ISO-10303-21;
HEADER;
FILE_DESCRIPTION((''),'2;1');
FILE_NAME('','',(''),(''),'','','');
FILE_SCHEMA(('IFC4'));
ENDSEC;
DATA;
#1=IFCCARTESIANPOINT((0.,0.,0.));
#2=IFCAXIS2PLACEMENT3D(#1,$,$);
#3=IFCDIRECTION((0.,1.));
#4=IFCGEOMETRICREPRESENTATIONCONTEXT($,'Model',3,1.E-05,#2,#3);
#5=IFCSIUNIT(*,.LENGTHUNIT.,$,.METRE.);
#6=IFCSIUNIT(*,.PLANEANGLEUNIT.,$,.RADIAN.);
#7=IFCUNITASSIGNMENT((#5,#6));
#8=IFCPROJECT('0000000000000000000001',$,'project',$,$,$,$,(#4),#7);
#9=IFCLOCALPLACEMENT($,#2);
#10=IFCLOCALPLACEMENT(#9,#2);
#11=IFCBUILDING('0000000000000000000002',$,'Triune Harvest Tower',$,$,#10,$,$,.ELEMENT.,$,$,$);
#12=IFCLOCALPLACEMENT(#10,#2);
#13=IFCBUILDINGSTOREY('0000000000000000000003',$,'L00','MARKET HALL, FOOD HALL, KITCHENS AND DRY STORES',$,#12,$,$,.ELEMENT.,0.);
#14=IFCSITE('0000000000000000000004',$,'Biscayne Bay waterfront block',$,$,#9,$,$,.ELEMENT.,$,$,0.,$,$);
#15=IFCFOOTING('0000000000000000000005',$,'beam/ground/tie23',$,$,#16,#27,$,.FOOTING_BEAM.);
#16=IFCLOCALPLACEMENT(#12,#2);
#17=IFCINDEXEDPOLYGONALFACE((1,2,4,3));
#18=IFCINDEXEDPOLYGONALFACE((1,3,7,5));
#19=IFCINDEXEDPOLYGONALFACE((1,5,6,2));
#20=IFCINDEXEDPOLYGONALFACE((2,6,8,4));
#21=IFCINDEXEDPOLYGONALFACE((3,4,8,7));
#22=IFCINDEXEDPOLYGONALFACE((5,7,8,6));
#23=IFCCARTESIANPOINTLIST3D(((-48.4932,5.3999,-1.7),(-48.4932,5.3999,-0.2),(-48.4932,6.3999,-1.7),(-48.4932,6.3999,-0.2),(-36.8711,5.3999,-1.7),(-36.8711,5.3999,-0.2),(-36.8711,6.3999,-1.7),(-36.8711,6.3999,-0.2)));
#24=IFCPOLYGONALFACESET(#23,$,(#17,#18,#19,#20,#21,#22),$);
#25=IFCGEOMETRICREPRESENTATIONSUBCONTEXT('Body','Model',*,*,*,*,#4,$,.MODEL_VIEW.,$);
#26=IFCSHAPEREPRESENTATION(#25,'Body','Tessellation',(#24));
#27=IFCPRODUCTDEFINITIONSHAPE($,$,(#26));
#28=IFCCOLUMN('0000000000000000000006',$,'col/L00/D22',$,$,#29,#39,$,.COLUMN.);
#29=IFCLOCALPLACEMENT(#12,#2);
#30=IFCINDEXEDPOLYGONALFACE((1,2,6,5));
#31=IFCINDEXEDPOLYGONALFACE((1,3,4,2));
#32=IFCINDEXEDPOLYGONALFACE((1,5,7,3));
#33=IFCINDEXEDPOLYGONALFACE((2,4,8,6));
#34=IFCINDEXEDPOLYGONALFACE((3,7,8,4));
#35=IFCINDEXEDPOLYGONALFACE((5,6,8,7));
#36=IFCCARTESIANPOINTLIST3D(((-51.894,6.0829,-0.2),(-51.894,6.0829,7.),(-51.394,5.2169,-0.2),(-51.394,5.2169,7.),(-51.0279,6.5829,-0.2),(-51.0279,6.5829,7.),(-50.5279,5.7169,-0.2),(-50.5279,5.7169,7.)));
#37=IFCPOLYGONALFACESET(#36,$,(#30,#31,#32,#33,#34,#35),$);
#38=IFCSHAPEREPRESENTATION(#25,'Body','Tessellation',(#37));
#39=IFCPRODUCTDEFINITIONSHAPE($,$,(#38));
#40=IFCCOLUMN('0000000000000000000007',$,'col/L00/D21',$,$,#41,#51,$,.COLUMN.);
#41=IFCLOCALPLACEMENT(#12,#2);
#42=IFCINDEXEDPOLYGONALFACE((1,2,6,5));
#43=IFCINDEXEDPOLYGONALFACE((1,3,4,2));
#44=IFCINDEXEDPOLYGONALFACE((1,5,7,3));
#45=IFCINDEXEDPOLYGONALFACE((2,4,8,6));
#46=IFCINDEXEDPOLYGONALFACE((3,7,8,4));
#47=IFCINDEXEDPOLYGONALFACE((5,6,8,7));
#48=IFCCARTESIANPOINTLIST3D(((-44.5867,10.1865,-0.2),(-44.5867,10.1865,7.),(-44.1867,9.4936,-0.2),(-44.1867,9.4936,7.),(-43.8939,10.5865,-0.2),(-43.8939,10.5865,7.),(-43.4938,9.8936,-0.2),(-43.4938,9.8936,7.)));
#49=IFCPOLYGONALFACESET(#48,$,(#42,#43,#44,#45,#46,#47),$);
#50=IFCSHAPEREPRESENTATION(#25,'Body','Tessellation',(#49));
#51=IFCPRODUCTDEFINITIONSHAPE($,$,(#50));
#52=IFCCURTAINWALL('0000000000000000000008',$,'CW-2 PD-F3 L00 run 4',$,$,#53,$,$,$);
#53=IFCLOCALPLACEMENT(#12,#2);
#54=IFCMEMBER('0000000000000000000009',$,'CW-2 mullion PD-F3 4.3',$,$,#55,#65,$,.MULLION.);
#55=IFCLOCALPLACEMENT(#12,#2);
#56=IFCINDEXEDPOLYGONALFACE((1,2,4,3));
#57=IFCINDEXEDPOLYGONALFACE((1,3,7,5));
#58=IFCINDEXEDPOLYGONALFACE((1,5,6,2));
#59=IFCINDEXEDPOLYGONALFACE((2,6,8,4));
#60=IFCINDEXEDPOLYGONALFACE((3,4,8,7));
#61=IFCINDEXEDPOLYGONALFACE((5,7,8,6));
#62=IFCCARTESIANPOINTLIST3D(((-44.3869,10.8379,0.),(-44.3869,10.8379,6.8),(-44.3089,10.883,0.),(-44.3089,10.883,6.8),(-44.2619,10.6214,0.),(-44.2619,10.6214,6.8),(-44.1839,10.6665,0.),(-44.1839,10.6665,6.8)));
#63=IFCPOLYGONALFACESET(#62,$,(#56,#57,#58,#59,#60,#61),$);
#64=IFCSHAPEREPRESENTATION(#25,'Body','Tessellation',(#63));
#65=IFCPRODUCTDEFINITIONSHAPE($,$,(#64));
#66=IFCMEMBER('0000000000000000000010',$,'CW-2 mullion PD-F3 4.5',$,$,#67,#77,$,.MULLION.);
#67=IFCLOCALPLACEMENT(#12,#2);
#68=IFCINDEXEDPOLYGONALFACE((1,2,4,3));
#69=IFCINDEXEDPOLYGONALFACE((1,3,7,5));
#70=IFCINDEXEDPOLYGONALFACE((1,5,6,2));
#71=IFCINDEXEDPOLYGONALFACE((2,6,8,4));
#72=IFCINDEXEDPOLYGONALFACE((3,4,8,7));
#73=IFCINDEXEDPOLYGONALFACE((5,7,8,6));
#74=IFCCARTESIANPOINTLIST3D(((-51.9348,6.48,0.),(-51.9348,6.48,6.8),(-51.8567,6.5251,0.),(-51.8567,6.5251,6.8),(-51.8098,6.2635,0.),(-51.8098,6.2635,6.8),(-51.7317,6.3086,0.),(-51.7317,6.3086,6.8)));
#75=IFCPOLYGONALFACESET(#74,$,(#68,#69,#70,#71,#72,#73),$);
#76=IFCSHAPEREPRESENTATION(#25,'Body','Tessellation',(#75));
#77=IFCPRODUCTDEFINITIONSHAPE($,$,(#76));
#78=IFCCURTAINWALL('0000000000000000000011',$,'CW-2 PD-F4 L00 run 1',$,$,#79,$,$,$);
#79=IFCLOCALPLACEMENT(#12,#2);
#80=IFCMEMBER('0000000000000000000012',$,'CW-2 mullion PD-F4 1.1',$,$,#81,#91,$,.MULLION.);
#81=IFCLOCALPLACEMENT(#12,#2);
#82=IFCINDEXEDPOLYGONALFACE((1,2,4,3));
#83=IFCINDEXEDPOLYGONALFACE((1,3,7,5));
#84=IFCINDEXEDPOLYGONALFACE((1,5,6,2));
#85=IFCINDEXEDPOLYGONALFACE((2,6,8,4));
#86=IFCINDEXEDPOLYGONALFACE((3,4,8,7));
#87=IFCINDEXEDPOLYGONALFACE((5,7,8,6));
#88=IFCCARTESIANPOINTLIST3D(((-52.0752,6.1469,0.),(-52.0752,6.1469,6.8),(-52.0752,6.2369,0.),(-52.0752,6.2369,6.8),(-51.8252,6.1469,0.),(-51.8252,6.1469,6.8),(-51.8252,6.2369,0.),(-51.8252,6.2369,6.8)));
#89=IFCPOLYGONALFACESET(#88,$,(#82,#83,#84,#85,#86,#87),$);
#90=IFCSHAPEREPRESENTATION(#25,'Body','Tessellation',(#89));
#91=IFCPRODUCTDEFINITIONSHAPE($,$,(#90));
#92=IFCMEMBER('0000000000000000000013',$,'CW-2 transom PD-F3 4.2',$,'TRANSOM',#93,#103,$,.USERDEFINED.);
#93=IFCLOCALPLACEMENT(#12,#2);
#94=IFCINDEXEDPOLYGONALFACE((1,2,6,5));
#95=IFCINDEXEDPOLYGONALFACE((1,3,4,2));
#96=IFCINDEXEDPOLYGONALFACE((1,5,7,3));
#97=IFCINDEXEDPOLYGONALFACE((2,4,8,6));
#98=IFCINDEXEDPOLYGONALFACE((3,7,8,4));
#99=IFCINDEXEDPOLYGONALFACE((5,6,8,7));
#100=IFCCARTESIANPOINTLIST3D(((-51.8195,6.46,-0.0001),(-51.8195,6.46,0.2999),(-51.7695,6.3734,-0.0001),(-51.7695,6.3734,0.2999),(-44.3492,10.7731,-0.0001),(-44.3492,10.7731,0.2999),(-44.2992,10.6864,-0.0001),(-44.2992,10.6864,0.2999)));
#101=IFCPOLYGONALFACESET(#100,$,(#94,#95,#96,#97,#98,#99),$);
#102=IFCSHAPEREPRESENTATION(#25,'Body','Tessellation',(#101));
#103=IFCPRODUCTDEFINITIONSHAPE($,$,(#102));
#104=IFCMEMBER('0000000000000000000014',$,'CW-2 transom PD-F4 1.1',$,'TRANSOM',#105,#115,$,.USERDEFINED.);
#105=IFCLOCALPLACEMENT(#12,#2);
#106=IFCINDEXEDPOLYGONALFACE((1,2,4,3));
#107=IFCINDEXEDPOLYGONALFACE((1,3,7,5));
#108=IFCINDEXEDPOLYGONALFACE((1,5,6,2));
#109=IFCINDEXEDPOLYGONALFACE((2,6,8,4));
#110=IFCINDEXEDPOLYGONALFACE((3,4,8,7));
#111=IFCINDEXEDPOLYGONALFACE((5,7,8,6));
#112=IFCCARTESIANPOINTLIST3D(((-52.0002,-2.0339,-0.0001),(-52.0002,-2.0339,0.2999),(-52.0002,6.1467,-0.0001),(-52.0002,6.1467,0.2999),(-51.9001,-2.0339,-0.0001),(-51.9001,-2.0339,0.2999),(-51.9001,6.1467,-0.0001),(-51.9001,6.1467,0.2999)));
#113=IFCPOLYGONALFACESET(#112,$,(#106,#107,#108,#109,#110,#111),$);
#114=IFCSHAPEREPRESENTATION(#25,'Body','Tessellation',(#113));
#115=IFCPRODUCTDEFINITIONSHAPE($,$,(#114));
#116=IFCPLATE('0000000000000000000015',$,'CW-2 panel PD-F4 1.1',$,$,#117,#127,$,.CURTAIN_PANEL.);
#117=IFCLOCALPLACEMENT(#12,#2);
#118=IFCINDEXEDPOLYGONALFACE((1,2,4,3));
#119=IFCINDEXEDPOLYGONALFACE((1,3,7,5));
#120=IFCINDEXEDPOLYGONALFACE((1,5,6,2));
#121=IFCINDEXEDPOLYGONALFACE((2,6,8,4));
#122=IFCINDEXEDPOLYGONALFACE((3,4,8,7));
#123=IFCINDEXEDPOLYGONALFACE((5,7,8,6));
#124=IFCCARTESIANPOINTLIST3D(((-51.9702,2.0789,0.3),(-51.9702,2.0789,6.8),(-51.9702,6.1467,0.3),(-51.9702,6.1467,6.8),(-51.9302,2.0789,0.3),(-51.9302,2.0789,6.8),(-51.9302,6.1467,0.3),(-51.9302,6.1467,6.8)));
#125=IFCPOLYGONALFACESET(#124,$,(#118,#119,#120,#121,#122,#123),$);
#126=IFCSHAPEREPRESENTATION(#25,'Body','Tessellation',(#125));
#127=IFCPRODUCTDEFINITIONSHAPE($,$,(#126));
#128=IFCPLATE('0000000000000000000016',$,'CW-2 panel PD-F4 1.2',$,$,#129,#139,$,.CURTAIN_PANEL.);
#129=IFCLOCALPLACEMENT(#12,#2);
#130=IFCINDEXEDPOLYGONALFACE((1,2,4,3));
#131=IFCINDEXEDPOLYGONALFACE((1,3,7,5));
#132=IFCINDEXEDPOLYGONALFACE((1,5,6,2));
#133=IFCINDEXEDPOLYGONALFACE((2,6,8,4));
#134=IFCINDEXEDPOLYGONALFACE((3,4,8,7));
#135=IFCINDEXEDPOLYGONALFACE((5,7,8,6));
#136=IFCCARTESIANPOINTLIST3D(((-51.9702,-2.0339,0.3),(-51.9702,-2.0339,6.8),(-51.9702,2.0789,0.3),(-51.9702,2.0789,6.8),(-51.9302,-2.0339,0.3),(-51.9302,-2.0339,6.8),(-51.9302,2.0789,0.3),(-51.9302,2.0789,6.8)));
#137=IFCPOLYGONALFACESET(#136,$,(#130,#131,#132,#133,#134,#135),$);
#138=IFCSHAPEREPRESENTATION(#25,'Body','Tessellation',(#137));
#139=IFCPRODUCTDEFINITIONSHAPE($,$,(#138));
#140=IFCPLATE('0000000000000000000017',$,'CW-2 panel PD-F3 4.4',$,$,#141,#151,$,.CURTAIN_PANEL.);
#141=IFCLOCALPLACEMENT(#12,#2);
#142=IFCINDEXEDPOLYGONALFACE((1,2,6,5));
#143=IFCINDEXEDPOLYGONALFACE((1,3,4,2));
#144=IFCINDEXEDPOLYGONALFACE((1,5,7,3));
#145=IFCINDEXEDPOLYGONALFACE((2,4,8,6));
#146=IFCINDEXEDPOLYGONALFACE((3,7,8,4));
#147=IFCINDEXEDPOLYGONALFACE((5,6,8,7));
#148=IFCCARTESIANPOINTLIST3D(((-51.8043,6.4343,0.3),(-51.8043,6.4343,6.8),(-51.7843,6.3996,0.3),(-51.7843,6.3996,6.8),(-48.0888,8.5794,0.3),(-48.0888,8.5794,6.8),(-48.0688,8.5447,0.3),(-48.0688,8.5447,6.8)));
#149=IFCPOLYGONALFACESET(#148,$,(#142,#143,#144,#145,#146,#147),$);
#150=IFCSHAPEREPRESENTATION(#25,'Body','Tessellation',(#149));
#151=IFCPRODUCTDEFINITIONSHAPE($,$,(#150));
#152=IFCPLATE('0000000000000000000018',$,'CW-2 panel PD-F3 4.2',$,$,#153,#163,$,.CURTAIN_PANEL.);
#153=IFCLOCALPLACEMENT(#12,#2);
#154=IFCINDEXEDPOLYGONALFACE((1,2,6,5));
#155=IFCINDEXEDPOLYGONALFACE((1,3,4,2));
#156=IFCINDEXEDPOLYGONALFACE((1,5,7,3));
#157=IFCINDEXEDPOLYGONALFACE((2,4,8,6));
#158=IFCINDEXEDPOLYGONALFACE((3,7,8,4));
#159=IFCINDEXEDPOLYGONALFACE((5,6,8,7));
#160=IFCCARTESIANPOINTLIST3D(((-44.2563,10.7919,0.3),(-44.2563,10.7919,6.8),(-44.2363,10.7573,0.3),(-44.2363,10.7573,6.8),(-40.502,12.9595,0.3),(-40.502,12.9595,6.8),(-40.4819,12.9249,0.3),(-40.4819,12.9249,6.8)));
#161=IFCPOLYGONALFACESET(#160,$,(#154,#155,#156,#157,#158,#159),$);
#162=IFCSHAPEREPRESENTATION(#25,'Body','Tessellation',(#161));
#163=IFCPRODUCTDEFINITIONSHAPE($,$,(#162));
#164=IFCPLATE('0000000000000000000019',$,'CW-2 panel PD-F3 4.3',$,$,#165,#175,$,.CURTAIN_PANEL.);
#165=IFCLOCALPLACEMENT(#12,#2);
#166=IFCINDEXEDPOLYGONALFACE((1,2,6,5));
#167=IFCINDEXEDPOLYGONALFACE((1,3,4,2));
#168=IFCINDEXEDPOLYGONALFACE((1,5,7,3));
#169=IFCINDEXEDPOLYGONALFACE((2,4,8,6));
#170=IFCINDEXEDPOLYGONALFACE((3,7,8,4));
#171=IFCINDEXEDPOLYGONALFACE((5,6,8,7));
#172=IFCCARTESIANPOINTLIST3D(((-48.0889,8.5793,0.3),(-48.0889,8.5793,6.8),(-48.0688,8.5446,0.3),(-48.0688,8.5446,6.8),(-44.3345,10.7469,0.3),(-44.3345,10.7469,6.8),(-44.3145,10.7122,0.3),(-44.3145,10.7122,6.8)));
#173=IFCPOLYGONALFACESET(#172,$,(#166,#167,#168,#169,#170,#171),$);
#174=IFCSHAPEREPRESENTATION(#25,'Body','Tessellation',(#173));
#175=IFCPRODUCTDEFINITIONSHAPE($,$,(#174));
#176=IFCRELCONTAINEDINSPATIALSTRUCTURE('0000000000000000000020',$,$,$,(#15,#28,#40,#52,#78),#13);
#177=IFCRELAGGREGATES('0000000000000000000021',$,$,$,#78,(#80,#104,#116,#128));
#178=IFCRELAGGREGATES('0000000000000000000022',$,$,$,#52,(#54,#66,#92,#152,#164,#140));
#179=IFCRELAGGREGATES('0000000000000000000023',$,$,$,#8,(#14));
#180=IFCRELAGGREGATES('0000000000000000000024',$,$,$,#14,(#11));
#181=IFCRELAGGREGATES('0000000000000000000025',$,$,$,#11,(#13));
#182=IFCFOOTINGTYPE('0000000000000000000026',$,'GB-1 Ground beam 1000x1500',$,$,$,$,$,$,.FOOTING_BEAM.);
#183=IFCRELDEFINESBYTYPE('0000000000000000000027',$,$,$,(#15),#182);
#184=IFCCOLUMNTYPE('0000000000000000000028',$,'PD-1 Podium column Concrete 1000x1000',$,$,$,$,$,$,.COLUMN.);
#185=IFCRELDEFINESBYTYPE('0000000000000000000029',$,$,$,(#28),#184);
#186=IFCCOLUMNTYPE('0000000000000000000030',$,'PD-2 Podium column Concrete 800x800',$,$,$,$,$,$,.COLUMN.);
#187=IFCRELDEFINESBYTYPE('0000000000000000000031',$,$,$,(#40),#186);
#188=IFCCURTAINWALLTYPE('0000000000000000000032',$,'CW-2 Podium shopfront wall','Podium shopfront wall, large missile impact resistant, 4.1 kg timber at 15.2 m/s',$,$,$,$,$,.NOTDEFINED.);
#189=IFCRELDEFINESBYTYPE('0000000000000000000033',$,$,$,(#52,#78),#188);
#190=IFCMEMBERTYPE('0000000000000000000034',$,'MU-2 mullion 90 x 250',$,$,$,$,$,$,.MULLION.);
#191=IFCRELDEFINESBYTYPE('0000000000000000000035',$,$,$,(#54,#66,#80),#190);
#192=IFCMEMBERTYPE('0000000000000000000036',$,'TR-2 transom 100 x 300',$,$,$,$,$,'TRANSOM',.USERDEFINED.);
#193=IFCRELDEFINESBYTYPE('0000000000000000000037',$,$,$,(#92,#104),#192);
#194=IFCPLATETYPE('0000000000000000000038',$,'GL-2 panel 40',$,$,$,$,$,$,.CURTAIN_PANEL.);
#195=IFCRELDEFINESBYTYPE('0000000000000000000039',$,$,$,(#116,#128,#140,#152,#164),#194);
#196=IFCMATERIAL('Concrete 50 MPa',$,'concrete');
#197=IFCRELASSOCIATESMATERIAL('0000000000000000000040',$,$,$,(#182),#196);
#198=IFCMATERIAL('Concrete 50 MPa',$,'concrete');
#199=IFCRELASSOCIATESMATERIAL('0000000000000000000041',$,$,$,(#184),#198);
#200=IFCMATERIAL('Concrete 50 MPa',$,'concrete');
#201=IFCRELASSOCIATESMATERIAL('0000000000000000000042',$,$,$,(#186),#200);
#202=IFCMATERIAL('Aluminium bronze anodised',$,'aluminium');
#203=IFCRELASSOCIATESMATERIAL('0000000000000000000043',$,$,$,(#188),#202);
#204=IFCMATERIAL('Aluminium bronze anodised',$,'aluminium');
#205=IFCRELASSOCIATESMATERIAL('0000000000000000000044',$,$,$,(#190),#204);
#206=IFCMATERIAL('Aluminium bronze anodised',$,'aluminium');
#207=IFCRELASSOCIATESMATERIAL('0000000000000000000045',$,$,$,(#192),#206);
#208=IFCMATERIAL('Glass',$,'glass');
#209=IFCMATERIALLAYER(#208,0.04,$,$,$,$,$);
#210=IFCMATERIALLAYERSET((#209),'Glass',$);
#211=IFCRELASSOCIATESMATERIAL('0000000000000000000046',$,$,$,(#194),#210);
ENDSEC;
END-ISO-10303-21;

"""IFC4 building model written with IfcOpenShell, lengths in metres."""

from ifc_helpers import new_model, si_unit, direction, frame, origin, origin_2d, place, context, subcontext, project, spatial, rectangle, extrude, source, transform, mapped, material, layer, layer_set, material_profile, profile_set, type_object, element, aggregate, save


model = new_model("IFC4")

# Units and contexts
model_context = context("Model", 3, precision=1e-05, world=origin(), true_north=direction((0.0, 1.0)))
body_context = subcontext(model_context, "Body", "Model", "MODEL_VIEW")
ifc_project = project(units=[si_unit("LENGTHUNIT", "METRE"), si_unit("PLANEANGLEUNIT", "RADIAN")], contexts=[model_context])

# Site, building, storey
site_placement = place(None, origin())
site = spatial("IfcSite", under=ifc_project, at=site_placement, Name="Biscayne Bay waterfront block", CompositionType="ELEMENT", RefElevation=0.0)
building_placement = place(site_placement, origin())
building = spatial("IfcBuilding", under=site, at=building_placement, Name="Triune Harvest Tower", CompositionType="ELEMENT")
storey_placement = place(building_placement, origin())
storey = spatial("IfcBuildingStorey", under=building, at=storey_placement, Name="L00", Description="MARKET HALL, FOOD HALL, KITCHENS AND DRY STORES", CompositionType="ELEMENT", Elevation=0.0)

# Shared definitions
ifc_material_1 = material(Name="Concrete 50 MPa", Category="concrete")
ifc_material_profile_1 = material_profile(ifc_material_1, rectangle(XDim=1.0, YDim=1.5, at=origin_2d()), Name="Concrete 1000x1500")
ifc_profile_set_1 = profile_set([ifc_material_profile_1], Name="Concrete 50 MPa")
footing_type_1 = type_object("IfcFootingType", Name="GB-1 Ground beam 1000x1500", PredefinedType="FOOTING_BEAM", material=ifc_profile_set_1)

# Footing
shared_shape_1 = source(origin(), body_context, "Body", "SweptSolid", [
    extrude(rectangle(XDim=1.0, YDim=1.5, at=origin_2d()), origin(), (0.0, 0.0, 1.0), 11.6221),
])
footing_1_placement = place(storey_placement, frame((-48.4932, 5.8999, -0.95), z_axis=(1.0, 0.0, 0.0), x_axis=(0.0, 1.0, 0.0)))
element("IfcFooting", 1, at=footing_1_placement, inside=storey, type_object=footing_type_1, Name="beam/ground/tie23", PredefinedType="FOOTING_BEAM", context=body_context, shape_type="MappedRepresentation", body=[
    mapped(shared_shape_1, transform((0.0, 0.0, 0.0), scale=1.0)),
])

# Columns
ifc_material_2 = material(Name="Concrete 50 MPa", Category="concrete")
ifc_material_profile_2 = material_profile(ifc_material_2, rectangle(XDim=1.0, YDim=1.0, at=origin_2d()), Name="Concrete 1000x1000")
ifc_profile_set_2 = profile_set([ifc_material_profile_2], Name="Concrete 50 MPa")
column_type_1 = type_object("IfcColumnType", Name="PD-1 Podium column Concrete 1000x1000", PredefinedType="COLUMN", material=ifc_profile_set_2)
shared_shape_2 = source(origin(), body_context, "Body", "SweptSolid", [
    extrude(rectangle(XDim=1.0, YDim=1.0, at=origin_2d()), origin(), (0.0, 0.0, 1.0), 7.2),
])
column_1_placement = place(storey_placement, frame((-51.2109, 5.8999, -0.2), z_axis=(0.0, 0.0, 1.0), x_axis=(-0.866025, -0.5, 0.0)))
element("IfcColumn", 2, at=column_1_placement, inside=storey, type_object=column_type_1, Name="col/L00/D22", PredefinedType="COLUMN", context=body_context, shape_type="MappedRepresentation", body=[
    mapped(shared_shape_2, transform((0.0, 0.0, 0.0), scale=1.0)),
])
ifc_material_3 = material(Name="Concrete 50 MPa", Category="concrete")
ifc_material_profile_3 = material_profile(ifc_material_3, rectangle(XDim=0.8, YDim=0.8, at=origin_2d()), Name="Concrete 800x800")
ifc_profile_set_3 = profile_set([ifc_material_profile_3], Name="Concrete 50 MPa")
column_type_2 = type_object("IfcColumnType", Name="PD-2 Podium column Concrete 800x800", PredefinedType="COLUMN", material=ifc_profile_set_3)
shared_shape_3 = source(origin(), body_context, "Body", "SweptSolid", [
    extrude(rectangle(XDim=0.8, YDim=0.8, at=origin_2d()), origin(), (0.0, 0.0, 1.0), 7.2),
])
column_2_placement = place(storey_placement, frame((-44.0403, 10.04, -0.2), z_axis=(0.0, 0.0, 1.0), x_axis=(-0.866025, -0.5, 0.0)))
element("IfcColumn", 3, at=column_2_placement, inside=storey, type_object=column_type_2, Name="col/L00/D21", PredefinedType="COLUMN", context=body_context, shape_type="MappedRepresentation", body=[
    mapped(shared_shape_3, transform((0.0, 0.0, 0.0), scale=1.0)),
])

# Curtain wall, members
ifc_material_4 = material(Name="Aluminium bronze anodised", Category="aluminium")
curtain_wall_type = type_object("IfcCurtainWallType", Name="CW-2 Podium shopfront wall", Description="Podium shopfront wall, large missile impact resistant, 4.1 kg timber at 15.2 m/s", PredefinedType="NOTDEFINED", material=ifc_material_4)
curtain_wall_1_placement = place(storey_placement, origin())
curtain_wall_1 = element("IfcCurtainWall", 4, at=curtain_wall_1_placement, inside=storey, type_object=curtain_wall_type, Name="CW-2 PD-F3 L00 run 4")
ifc_material_5 = material(Name="Aluminium bronze anodised", Category="aluminium")
ifc_material_profile_4 = material_profile(ifc_material_5, rectangle(XDim=0.25, YDim=0.0901, at=origin_2d()), Name="MU-2 mullion 90 x 250")
ifc_profile_set_4 = profile_set([ifc_material_profile_4], Name="Aluminium bronze anodised")
member_type_1 = type_object("IfcMemberType", Name="MU-2 mullion 90 x 250", PredefinedType="MULLION", material=ifc_profile_set_4)
shared_shape_4 = source(origin(), body_context, "Body", "SweptSolid", [
    extrude(rectangle(XDim=0.25, YDim=0.0901, at=origin_2d()), origin(), (0.0, 0.0, 1.0), 6.8),
])
member_1_placement = place(storey_placement, frame((-44.2854, 10.7522, 0.0), z_axis=(0.0, 0.0, 1.0), x_axis=(0.5, -0.866025, 0.0)))
member_1 = element("IfcMember", 5, at=member_1_placement, type_object=member_type_1, Name="CW-2 mullion PD-F3 4.3", PredefinedType="MULLION", context=body_context, shape_type="MappedRepresentation", body=[
    mapped(shared_shape_4, transform((0.0, 0.0, 0.0), scale=1.0)),
])
member_2_placement = place(storey_placement, frame((-51.8333, 6.3943, 0.0), z_axis=(0.0, 0.0, 1.0), x_axis=(0.5, -0.866025, 0.0)))
member_2 = element("IfcMember", 6, at=member_2_placement, type_object=member_type_1, Name="CW-2 mullion PD-F3 4.5", PredefinedType="MULLION", context=body_context, shape_type="MappedRepresentation", body=[
    mapped(shared_shape_4, transform((0.0, 0.0, 0.0), scale=1.0)),
])

# Curtain wall, member
curtain_wall_2_placement = place(storey_placement, origin())
curtain_wall_2 = element("IfcCurtainWall", 7, at=curtain_wall_2_placement, inside=storey, type_object=curtain_wall_type, Name="CW-2 PD-F4 L00 run 1")
member_3_placement = place(storey_placement, frame((-51.9502, 6.1919, 0.0), z_axis=(0.0, 0.0, 1.0), x_axis=(1.0, 0.0, 0.0)))
member_3 = element("IfcMember", 8, at=member_3_placement, type_object=member_type_1, Name="CW-2 mullion PD-F4 1.1", PredefinedType="MULLION", context=body_context, shape_type="MappedRepresentation", body=[
    mapped(shared_shape_4, transform((0.0, 0.0, 0.0), scale=1.0)),
])

# Members
ifc_material_6 = material(Name="Aluminium bronze anodised", Category="aluminium")
ifc_material_profile_5 = material_profile(ifc_material_6, rectangle(XDim=0.1001, YDim=0.3, at=origin_2d()), Name="TR-2 transom 100 x 300")
ifc_profile_set_5 = profile_set([ifc_material_profile_5], Name="Aluminium bronze anodised")
member_type_2 = type_object("IfcMemberType", Name="TR-2 transom 100 x 300", ElementType="TRANSOM", PredefinedType="USERDEFINED", material=ifc_profile_set_5)
shared_shape_5 = source(origin(), body_context, "Body", "SweptSolid", [
    extrude(rectangle(XDim=0.1001, YDim=0.3, at=origin_2d()), origin(), (0.0, 0.0, 1.0), 8.626),
])
member_4_placement = place(storey_placement, frame((-44.3242, 10.7297, 0.1499), z_axis=(-0.866023, -0.500005, 0.0), x_axis=(0.500005, -0.866023, 0.0)))
member_4 = element("IfcMember", 9, at=member_4_placement, type_object=member_type_2, Name="CW-2 transom PD-F3 4.2", ObjectType="TRANSOM", PredefinedType="USERDEFINED", context=body_context, shape_type="MappedRepresentation", body=[
    mapped(shared_shape_5, transform((0.0, 0.0, 0.0), scale=1.0)),
])
shared_shape_6 = source(origin(), body_context, "Body", "SweptSolid", [
    extrude(rectangle(XDim=0.1001, YDim=0.3, at=origin_2d()), origin(), (0.0, 0.0, 1.0), 8.1807),
])
member_5_placement = place(storey_placement, frame((-51.9502, 6.1467, 0.1499), z_axis=(0.0, -1.0, 0.0), x_axis=(1.0, 0.0, 0.0)))
member_5 = element("IfcMember", 10, at=member_5_placement, type_object=member_type_2, Name="CW-2 transom PD-F4 1.1", ObjectType="TRANSOM", PredefinedType="USERDEFINED", context=body_context, shape_type="MappedRepresentation", body=[
    mapped(shared_shape_6, transform((0.0, 0.0, 0.0), scale=1.0)),
])

# Plates
ifc_material_7 = material(Name="Glass", Category="glass")
ifc_layer_1 = layer(ifc_material_7, 0.04)
ifc_layer_set_1 = layer_set([ifc_layer_1], Name="Glass")
plate_type = type_object("IfcPlateType", Name="GL-2 panel 40", PredefinedType="CURTAIN_PANEL", material=ifc_layer_set_1)
plate_1_placement = place(storey_placement, frame((-51.9502, 4.1128, 0.3), z_axis=(0.0, 0.0, 1.0), x_axis=(0.0, -1.0, 0.0)))
plate_1 = element("IfcPlate", 11, at=plate_1_placement, type_object=plate_type, Name="CW-2 panel PD-F4 1.1", PredefinedType="CURTAIN_PANEL", context=body_context, shape_type="SweptSolid", body=[
    extrude(rectangle(XDim=4.0679, YDim=0.04, at=origin_2d()), origin(), (0.0, 0.0, 1.0), 6.5),
])
plate_2_placement = place(storey_placement, frame((-51.9502, 0.0225, 0.3), z_axis=(0.0, 0.0, 1.0), x_axis=(0.0, -1.0, 0.0)))
plate_2 = element("IfcPlate", 12, at=plate_2_placement, type_object=plate_type, Name="CW-2 panel PD-F4 1.2", PredefinedType="CURTAIN_PANEL", context=body_context, shape_type="SweptSolid", body=[
    extrude(rectangle(XDim=4.1128, YDim=0.04, at=origin_2d()), origin(), (0.0, 0.0, 1.0), 6.5),
])
aggregate(curtain_wall_2, [member_3, member_5, plate_1, plate_2])
shared_shape_7 = source(origin(), body_context, "Body", "SweptSolid", [
    extrude(rectangle(XDim=4.2903, YDim=0.04, at=origin_2d()), origin(), (0.0, 0.0, 1.0), 6.5),
])
plate_3_placement = place(storey_placement, frame((-49.9365, 7.4895, 0.3), z_axis=(0.0, 0.0, 1.0), x_axis=(-0.866025, -0.5, 0.0)))
plate_3 = element("IfcPlate", 13, at=plate_3_placement, type_object=plate_type, Name="CW-2 panel PD-F3 4.4", PredefinedType="CURTAIN_PANEL", context=body_context, shape_type="MappedRepresentation", body=[
    mapped(shared_shape_7, transform((0.0, 0.0, 0.0), scale=1.0)),
])
shared_shape_8 = source(origin(), body_context, "Body", "SweptSolid", [
    extrude(rectangle(XDim=4.3352, YDim=0.04, at=origin_2d()), origin(), (0.0, 0.0, 1.0), 6.5),
])
plate_4_placement = place(storey_placement, frame((-42.3691, 11.8584, 0.3), z_axis=(0.0, 0.0, 1.0), x_axis=(-0.866025, -0.5, 0.0)))
plate_4 = element("IfcPlate", 14, at=plate_4_placement, type_object=plate_type, Name="CW-2 panel PD-F3 4.2", PredefinedType="CURTAIN_PANEL", context=body_context, shape_type="MappedRepresentation", body=[
    mapped(shared_shape_8, transform((0.0, 0.0, 0.0), scale=1.0)),
])
plate_5_placement = place(storey_placement, frame((-46.2017, 9.6458, 0.3), z_axis=(0.0, 0.0, 1.0), x_axis=(-0.866025, -0.5, 0.0)))
plate_5 = element("IfcPlate", 15, at=plate_5_placement, type_object=plate_type, Name="CW-2 panel PD-F3 4.3", PredefinedType="CURTAIN_PANEL", context=body_context, shape_type="MappedRepresentation", body=[
    mapped(shared_shape_8, transform((0.0, 0.0, 0.0), scale=1.0)),
])
aggregate(curtain_wall_1, [member_1, member_2, member_4, plate_4, plate_5, plate_3])

save(model, "model.ifc")
